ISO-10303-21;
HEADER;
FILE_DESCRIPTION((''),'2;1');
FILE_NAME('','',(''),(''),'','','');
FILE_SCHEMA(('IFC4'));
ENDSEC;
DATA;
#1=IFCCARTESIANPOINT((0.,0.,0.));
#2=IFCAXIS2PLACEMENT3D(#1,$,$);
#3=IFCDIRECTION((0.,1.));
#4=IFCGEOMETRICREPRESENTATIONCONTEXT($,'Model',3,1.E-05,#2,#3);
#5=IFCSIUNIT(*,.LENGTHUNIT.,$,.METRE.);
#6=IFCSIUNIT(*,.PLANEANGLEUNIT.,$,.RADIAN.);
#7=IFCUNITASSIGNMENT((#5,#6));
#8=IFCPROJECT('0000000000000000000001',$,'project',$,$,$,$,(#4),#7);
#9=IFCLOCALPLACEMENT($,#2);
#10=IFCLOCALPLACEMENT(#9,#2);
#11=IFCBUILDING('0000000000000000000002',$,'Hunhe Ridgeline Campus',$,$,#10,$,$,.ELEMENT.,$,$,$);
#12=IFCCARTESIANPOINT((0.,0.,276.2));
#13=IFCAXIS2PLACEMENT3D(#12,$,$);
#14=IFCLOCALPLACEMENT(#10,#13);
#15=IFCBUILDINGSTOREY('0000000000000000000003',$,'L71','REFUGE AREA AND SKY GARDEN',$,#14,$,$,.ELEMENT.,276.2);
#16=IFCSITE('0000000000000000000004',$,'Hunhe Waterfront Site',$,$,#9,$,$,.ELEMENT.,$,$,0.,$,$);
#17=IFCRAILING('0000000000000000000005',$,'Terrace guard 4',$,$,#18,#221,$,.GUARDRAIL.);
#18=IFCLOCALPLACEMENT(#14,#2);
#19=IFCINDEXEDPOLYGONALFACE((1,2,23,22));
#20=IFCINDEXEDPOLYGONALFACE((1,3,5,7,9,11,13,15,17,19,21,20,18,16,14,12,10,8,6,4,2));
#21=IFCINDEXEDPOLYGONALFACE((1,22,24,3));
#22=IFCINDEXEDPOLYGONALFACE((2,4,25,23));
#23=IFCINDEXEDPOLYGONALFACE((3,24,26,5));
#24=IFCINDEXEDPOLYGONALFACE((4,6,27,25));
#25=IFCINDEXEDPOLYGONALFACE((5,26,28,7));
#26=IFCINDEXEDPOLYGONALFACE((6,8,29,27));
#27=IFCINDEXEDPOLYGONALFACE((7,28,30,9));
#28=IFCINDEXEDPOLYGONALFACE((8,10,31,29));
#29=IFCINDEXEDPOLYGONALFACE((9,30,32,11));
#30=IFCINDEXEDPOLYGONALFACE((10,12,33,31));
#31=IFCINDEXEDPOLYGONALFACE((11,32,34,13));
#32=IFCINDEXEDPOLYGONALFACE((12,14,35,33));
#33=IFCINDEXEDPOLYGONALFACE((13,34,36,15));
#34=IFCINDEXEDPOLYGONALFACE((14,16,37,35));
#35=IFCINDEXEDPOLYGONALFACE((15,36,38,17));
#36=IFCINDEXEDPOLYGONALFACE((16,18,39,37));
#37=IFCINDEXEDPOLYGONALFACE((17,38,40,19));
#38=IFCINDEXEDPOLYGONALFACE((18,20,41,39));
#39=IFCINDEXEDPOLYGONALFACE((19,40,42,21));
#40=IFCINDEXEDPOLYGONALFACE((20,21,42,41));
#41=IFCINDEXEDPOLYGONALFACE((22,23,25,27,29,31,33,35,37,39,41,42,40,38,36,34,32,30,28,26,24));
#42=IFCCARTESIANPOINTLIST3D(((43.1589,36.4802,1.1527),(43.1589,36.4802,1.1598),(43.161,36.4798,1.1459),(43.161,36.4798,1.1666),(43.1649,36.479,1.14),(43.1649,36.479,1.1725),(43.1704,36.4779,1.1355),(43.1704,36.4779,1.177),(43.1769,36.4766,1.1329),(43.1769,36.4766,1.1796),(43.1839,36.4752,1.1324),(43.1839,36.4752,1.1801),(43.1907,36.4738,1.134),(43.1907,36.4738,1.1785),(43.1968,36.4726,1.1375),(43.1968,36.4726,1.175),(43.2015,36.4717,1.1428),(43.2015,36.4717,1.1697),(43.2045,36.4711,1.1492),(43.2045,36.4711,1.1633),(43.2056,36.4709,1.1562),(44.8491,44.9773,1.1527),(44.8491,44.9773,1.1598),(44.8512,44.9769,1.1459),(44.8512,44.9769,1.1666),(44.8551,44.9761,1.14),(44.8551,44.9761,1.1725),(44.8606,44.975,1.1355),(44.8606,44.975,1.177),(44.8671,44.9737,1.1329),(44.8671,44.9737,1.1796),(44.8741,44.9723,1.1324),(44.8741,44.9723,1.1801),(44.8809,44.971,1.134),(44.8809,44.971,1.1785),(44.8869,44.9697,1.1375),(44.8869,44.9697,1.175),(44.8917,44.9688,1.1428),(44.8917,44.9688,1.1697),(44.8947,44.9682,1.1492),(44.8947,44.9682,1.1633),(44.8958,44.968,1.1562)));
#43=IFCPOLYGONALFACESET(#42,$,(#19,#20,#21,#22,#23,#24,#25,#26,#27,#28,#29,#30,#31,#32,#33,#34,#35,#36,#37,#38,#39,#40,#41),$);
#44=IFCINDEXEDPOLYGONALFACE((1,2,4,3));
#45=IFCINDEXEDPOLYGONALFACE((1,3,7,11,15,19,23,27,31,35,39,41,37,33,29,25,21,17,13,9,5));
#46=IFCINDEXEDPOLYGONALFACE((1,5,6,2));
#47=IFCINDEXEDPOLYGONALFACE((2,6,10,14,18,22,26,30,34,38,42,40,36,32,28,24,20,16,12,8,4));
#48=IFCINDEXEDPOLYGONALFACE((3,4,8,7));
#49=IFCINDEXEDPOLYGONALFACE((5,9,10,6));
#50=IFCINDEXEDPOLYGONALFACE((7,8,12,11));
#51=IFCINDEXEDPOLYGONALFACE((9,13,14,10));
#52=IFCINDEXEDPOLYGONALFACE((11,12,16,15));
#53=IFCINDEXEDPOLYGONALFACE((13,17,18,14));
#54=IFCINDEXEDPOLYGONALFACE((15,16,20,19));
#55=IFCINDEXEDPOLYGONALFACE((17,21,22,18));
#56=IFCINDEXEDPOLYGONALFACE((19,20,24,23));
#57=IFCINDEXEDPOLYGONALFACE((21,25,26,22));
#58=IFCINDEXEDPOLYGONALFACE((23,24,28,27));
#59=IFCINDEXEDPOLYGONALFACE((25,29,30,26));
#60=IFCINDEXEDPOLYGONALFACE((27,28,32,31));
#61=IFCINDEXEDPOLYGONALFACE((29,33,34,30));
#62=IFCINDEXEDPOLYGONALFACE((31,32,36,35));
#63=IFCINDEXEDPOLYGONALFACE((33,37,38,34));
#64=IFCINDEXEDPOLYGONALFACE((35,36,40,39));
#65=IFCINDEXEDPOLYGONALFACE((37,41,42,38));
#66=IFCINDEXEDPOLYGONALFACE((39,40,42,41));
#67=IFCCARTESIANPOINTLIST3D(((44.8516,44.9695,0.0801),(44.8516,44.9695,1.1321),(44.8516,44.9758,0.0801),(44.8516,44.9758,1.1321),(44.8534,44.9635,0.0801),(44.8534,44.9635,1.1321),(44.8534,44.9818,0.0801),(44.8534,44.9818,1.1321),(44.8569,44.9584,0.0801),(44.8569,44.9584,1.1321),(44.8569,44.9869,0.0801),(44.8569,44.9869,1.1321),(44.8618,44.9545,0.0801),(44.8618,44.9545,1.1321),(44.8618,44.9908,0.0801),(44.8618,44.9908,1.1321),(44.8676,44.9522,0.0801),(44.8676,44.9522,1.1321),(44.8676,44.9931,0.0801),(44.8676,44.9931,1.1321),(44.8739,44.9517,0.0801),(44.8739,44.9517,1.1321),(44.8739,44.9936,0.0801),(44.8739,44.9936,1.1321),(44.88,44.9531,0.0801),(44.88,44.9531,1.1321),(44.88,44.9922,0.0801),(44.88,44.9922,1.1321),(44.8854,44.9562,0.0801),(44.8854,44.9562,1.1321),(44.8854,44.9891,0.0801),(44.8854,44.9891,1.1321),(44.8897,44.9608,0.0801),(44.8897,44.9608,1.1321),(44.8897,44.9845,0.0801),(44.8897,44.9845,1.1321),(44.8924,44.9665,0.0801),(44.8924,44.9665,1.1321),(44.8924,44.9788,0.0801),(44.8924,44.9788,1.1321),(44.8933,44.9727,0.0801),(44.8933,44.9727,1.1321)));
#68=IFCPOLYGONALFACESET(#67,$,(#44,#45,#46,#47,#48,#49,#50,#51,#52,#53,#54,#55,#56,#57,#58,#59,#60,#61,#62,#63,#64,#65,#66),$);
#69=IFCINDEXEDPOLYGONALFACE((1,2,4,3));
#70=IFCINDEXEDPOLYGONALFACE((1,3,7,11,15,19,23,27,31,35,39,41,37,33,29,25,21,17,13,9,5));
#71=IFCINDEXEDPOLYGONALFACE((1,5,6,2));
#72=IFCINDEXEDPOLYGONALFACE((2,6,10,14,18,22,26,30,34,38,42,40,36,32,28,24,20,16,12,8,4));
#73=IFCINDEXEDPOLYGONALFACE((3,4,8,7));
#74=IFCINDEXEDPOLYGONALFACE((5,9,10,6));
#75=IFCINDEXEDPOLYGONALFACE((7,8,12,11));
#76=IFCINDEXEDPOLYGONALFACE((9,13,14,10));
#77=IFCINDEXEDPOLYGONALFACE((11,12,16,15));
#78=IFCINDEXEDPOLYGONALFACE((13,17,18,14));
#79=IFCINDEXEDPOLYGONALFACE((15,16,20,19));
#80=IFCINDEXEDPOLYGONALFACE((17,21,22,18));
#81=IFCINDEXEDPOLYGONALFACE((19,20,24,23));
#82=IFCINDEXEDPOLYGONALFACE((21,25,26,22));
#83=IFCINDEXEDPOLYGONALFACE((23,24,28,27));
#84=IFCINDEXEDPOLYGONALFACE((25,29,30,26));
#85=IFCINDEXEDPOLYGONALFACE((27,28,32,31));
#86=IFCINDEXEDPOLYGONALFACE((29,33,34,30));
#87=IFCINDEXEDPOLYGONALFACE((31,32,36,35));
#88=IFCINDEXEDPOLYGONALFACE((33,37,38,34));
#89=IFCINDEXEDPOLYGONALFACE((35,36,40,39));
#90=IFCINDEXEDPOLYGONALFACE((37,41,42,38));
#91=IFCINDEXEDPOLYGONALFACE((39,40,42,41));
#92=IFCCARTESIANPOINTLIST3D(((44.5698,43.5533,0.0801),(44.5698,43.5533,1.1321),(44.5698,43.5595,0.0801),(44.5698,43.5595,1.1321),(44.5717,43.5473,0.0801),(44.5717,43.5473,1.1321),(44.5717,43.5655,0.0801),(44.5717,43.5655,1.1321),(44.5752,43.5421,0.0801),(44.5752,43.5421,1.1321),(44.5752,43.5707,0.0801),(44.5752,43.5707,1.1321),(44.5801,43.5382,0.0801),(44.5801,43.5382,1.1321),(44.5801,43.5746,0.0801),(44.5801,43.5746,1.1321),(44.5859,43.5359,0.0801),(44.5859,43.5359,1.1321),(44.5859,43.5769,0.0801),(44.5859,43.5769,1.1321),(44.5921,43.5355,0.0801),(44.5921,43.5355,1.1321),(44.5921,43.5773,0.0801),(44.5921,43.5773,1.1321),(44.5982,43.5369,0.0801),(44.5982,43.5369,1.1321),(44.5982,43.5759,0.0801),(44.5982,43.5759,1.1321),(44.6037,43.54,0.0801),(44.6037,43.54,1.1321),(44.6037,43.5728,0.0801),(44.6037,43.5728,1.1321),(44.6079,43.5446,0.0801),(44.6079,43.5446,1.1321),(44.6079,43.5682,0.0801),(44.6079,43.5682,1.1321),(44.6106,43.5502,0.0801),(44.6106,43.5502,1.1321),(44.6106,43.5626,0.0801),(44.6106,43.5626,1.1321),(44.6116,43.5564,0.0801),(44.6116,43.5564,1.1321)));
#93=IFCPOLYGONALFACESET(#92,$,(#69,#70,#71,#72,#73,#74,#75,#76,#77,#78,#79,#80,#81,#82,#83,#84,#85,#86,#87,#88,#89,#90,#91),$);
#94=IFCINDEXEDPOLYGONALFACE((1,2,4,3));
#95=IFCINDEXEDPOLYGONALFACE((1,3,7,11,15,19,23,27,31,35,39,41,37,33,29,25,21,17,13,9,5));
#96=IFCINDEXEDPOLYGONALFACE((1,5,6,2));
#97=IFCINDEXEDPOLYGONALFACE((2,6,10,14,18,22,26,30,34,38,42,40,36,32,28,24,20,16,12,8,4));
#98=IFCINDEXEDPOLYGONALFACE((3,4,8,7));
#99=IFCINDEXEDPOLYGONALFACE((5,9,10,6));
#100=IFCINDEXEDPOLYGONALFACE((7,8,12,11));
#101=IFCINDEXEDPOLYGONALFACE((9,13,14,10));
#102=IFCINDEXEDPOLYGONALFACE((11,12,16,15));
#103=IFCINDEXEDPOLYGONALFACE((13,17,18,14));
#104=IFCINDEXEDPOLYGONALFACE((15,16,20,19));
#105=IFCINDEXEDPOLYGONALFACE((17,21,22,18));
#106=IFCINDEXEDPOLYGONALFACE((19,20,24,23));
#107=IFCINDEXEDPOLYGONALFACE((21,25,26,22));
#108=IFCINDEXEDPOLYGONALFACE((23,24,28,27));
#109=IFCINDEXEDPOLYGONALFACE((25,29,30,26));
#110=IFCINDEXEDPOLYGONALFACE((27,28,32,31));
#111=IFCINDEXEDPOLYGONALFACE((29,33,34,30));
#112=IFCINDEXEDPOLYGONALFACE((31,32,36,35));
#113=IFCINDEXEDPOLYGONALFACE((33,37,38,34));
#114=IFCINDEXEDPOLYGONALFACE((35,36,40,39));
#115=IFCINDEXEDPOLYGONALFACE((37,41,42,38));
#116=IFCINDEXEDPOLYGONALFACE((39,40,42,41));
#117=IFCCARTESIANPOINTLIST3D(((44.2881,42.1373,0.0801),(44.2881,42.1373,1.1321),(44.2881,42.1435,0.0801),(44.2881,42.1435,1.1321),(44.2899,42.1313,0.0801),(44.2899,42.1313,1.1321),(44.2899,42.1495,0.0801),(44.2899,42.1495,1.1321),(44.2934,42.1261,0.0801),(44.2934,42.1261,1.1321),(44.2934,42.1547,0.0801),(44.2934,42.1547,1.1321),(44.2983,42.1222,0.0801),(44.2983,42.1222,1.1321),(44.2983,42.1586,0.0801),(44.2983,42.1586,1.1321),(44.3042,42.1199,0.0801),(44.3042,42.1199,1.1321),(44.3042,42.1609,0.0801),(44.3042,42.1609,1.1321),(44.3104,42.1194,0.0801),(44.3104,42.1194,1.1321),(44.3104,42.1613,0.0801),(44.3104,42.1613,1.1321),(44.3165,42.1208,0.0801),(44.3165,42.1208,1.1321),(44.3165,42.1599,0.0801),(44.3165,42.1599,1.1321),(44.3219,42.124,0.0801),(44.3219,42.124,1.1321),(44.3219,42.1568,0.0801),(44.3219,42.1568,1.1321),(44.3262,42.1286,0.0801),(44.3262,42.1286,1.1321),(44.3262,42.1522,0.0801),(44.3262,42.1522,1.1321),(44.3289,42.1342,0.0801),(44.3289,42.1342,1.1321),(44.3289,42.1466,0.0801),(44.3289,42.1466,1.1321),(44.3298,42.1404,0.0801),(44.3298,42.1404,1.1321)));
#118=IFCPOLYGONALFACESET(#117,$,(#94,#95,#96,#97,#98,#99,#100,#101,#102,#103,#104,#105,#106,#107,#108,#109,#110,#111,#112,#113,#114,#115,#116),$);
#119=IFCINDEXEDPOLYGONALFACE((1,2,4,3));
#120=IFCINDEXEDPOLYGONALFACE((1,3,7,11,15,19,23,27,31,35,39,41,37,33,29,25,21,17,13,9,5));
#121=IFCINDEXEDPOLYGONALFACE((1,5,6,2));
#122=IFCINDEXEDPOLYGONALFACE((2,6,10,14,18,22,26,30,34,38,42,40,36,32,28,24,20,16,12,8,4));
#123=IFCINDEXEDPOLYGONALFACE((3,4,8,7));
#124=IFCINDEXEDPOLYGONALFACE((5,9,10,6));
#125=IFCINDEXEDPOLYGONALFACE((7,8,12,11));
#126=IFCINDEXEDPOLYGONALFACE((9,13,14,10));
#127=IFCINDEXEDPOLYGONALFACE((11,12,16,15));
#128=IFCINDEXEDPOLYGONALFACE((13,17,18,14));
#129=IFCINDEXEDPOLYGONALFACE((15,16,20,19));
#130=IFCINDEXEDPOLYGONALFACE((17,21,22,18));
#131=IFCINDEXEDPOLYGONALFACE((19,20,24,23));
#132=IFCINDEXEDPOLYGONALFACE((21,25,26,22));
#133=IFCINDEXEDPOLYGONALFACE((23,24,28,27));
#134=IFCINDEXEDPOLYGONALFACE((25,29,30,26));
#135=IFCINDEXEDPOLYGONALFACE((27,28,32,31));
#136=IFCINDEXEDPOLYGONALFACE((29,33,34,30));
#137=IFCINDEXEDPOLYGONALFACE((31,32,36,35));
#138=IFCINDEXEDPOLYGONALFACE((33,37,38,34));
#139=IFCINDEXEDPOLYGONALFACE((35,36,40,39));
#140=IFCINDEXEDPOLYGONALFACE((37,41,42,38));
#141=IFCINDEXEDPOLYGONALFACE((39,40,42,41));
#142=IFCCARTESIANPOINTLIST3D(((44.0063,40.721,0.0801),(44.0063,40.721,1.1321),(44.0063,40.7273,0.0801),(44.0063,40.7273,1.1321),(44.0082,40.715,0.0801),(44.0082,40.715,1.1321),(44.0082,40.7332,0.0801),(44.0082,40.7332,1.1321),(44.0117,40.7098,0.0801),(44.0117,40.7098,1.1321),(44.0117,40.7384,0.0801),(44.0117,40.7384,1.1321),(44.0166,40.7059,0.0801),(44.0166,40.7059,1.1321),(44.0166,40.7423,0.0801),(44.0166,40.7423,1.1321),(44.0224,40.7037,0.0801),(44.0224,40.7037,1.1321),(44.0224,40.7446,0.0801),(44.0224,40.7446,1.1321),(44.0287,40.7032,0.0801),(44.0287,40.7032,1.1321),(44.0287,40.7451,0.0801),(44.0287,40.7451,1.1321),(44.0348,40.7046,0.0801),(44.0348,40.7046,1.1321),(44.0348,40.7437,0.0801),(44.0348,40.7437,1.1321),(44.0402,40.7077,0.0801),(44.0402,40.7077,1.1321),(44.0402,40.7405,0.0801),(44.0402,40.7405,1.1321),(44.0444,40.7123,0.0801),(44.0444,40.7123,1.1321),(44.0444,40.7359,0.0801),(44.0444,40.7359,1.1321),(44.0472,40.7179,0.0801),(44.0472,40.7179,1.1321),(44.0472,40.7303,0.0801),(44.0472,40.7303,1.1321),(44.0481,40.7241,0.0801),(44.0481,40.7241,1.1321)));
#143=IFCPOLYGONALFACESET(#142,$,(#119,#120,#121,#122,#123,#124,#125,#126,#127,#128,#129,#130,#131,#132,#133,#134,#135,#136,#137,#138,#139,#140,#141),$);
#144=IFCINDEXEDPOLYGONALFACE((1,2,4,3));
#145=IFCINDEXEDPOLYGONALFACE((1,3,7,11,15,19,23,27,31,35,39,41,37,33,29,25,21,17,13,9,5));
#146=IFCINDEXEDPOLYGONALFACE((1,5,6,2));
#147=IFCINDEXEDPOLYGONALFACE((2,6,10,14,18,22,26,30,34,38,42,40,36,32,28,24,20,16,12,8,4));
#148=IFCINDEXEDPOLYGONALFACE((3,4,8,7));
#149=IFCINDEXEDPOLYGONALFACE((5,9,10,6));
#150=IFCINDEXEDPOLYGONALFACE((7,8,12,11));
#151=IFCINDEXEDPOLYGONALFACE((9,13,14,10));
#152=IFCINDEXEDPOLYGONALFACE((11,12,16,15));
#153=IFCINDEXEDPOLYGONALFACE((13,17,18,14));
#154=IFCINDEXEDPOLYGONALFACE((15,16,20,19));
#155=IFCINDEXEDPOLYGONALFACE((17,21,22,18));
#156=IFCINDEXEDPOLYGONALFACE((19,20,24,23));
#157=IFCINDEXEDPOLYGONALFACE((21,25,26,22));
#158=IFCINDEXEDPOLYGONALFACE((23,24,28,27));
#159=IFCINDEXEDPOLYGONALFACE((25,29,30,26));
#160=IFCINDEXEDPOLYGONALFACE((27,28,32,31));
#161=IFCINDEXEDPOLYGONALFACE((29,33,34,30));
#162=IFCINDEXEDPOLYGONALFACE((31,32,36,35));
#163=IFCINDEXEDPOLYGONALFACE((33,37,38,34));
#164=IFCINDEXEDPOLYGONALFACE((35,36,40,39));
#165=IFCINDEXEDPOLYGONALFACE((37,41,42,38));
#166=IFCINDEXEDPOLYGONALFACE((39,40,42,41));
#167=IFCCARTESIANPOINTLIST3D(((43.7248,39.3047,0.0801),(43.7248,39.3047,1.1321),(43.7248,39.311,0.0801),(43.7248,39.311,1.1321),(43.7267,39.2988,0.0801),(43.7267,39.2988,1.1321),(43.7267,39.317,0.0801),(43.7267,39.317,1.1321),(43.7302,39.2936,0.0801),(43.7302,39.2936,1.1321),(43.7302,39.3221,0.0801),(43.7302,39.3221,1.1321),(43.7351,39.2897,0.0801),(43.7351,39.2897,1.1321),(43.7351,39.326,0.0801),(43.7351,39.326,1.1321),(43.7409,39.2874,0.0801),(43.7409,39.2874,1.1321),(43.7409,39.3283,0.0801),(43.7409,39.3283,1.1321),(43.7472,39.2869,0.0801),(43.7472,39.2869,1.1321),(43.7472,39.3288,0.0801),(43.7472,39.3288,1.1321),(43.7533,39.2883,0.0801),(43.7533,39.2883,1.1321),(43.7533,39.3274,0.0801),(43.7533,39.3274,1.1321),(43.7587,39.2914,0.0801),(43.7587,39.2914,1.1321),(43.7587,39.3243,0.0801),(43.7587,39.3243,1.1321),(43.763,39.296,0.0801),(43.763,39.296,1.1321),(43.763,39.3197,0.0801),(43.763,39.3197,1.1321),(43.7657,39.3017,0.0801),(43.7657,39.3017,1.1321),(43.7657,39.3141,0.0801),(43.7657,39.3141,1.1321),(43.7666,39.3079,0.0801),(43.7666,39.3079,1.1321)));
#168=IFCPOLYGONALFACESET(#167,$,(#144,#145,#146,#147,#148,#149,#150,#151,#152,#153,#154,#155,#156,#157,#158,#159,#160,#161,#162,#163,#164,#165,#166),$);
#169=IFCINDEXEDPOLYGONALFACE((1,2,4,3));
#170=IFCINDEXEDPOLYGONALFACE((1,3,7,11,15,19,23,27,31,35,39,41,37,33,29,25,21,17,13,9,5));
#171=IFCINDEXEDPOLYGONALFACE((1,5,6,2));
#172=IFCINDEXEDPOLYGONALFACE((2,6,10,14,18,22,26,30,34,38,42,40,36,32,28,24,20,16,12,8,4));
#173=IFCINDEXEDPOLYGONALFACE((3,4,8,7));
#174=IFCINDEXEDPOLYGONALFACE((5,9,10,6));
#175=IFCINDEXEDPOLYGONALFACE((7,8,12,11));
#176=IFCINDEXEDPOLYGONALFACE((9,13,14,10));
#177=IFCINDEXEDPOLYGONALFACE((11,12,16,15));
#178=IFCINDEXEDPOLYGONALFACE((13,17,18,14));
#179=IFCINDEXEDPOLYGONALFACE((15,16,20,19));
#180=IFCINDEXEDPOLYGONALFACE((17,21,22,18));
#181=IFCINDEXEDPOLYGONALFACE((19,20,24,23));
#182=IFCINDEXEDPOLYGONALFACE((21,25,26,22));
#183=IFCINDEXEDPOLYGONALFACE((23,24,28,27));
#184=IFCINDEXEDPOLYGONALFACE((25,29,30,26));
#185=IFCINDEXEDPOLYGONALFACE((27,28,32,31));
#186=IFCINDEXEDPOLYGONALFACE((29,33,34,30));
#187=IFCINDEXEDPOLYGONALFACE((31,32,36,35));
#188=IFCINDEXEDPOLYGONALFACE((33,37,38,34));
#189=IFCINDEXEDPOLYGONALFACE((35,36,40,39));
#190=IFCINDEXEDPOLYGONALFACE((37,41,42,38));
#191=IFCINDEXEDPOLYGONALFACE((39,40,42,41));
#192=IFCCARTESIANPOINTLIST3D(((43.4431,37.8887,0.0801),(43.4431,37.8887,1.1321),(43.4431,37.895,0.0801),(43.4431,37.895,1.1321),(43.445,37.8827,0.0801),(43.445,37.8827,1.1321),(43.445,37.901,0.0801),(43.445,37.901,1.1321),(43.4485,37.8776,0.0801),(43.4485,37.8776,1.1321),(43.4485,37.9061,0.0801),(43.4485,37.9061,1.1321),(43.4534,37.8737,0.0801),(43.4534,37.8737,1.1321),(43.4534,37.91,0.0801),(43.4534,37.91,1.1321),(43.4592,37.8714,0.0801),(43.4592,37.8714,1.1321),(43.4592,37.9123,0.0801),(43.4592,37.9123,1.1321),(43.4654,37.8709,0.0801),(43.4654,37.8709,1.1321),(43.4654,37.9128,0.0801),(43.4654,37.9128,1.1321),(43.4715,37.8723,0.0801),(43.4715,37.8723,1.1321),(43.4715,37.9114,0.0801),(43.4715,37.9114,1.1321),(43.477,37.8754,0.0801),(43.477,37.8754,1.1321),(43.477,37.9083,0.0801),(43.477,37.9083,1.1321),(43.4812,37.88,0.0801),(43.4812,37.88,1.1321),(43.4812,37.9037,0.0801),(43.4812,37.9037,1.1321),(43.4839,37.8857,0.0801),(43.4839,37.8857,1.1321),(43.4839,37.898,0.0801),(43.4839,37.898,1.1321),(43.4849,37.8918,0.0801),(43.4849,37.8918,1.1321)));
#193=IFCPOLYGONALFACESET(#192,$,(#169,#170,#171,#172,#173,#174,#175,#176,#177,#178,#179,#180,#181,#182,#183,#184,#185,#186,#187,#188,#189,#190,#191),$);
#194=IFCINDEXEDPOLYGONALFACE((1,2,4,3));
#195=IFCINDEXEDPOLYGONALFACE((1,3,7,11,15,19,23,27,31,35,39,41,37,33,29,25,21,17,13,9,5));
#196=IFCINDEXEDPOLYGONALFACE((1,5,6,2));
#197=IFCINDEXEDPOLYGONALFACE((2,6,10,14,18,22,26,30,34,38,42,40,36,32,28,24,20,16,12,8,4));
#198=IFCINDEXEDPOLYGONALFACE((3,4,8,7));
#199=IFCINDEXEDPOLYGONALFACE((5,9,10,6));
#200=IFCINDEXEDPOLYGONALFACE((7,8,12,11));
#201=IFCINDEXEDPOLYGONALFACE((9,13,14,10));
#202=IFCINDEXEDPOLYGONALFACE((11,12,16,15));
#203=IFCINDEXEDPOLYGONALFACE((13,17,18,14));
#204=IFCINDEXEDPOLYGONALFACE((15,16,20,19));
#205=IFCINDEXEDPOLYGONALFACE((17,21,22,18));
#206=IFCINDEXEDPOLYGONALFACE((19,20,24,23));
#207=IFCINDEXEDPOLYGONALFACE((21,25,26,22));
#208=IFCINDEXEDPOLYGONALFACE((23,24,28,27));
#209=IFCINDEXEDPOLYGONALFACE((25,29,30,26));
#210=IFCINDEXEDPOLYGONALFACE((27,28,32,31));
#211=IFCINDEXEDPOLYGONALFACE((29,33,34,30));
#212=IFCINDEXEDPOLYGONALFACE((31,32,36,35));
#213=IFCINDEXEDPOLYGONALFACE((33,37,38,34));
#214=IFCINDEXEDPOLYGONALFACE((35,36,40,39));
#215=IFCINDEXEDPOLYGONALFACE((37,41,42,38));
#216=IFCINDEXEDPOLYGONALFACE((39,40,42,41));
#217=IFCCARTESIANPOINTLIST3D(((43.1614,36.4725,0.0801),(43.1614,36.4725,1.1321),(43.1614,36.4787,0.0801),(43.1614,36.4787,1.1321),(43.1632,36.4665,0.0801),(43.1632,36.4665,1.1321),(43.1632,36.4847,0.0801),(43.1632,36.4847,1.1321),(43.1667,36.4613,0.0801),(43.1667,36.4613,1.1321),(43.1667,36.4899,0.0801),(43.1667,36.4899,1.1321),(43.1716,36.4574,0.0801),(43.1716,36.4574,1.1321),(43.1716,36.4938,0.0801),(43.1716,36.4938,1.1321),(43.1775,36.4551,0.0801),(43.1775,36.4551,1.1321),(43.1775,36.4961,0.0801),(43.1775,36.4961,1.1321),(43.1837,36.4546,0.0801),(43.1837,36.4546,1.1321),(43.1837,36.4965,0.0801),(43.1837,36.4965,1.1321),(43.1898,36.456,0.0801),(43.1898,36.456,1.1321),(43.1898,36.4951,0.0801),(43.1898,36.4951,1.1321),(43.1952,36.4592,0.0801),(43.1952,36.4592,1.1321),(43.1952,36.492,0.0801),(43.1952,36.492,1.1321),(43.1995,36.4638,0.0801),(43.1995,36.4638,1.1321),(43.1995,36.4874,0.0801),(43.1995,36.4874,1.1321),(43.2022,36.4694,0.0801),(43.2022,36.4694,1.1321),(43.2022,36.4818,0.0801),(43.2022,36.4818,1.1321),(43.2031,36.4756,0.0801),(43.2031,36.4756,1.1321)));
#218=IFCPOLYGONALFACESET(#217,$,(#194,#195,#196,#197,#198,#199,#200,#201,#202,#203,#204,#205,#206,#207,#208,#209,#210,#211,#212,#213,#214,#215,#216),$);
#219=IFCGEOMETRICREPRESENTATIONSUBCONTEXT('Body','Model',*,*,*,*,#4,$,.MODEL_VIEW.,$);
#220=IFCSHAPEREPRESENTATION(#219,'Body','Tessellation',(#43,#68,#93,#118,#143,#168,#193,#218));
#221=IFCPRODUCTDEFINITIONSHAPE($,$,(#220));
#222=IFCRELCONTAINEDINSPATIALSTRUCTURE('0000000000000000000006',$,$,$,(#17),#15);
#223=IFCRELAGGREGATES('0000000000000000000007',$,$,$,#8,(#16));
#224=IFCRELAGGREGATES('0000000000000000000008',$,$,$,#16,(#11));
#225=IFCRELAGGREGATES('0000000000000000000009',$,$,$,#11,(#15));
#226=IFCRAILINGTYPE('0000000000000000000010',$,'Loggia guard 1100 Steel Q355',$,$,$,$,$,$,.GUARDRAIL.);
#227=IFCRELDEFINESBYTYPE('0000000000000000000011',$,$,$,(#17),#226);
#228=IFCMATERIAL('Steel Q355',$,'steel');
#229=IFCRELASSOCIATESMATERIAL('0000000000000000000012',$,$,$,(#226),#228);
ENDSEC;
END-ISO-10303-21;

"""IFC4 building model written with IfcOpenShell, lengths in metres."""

from ifc_helpers import new_model, si_unit, direction, frame, origin, origin_2d, place, context, subcontext, project, spatial, circle, extrude, material, type_object, element, save


model = new_model("IFC4")

# Units and contexts
model_context = context("Model", 3, precision=1e-05, world=origin(), true_north=direction((0.0, 1.0)))
body_context = subcontext(model_context, "Body", "Model", "MODEL_VIEW")
ifc_project = project(units=[si_unit("LENGTHUNIT", "METRE"), si_unit("PLANEANGLEUNIT", "RADIAN")], contexts=[model_context])

# Site, building, storey
site_placement = place(None, origin())
site = spatial("IfcSite", under=ifc_project, at=site_placement, Name="Hunhe Waterfront Site", CompositionType="ELEMENT", RefElevation=0.0)
building_placement = place(site_placement, origin())
building = spatial("IfcBuilding", under=site, at=building_placement, Name="Hunhe Ridgeline Campus", CompositionType="ELEMENT")
storey_placement = place(building_placement, frame((0.0, 0.0, 276.2)))
storey = spatial("IfcBuildingStorey", under=building, at=storey_placement, Name="L71", Description="REFUGE AREA AND SKY GARDEN", CompositionType="ELEMENT", Elevation=276.2)

# Railing
ifc_material_1 = material(Name="Steel Q355", Category="steel")
railing_type = type_object("IfcRailingType", Name="Loggia guard 1100 Steel Q355", PredefinedType="GUARDRAIL", material=ifc_material_1)
railing_1_placement = place(storey_placement, frame((44.8723, 44.9727, 0.0801)))
element("IfcRailing", 1, at=railing_1_placement, inside=storey, type_object=railing_type, Name="Terrace guard 4", PredefinedType="GUARDRAIL", context=body_context, shape_type="SweptSolid", body=[
    extrude(circle(Radius=0.0239, at=origin_2d()), frame((0.0, 0.0, 1.0762), z_axis=(-0.195092, -0.980785, 0.0), x_axis=(0.980785, -0.195092, 0.0)), (0.0, 0.0, 1.0), 8.6636),
    extrude(circle(Radius=0.021, at=origin_2d()), origin(), (0.0, 0.0, 1.0), 1.052),
    extrude(circle(Radius=0.021, at=origin_2d()), frame((-0.2817, -1.4163, 0.0)), (0.0, 0.0, 1.0), 1.052),
    extrude(circle(Radius=0.021, at=origin_2d()), frame((-0.5635, -2.8323, 0.0)), (0.0, 0.0, 1.0), 1.052),
    extrude(circle(Radius=0.021, at=origin_2d()), frame((-0.8452, -4.2485, 0.0)), (0.0, 0.0, 1.0), 1.052),
    extrude(circle(Radius=0.021, at=origin_2d()), frame((-1.1267, -5.6648, 0.0)), (0.0, 0.0, 1.0), 1.052),
    extrude(circle(Radius=0.021, at=origin_2d()), frame((-1.4084, -7.0808, 0.0)), (0.0, 0.0, 1.0), 1.052),
    extrude(circle(Radius=0.021, at=origin_2d()), frame((-1.6902, -8.4971, 0.0)), (0.0, 0.0, 1.0), 1.052),
])

save(model, "model.ifc")
